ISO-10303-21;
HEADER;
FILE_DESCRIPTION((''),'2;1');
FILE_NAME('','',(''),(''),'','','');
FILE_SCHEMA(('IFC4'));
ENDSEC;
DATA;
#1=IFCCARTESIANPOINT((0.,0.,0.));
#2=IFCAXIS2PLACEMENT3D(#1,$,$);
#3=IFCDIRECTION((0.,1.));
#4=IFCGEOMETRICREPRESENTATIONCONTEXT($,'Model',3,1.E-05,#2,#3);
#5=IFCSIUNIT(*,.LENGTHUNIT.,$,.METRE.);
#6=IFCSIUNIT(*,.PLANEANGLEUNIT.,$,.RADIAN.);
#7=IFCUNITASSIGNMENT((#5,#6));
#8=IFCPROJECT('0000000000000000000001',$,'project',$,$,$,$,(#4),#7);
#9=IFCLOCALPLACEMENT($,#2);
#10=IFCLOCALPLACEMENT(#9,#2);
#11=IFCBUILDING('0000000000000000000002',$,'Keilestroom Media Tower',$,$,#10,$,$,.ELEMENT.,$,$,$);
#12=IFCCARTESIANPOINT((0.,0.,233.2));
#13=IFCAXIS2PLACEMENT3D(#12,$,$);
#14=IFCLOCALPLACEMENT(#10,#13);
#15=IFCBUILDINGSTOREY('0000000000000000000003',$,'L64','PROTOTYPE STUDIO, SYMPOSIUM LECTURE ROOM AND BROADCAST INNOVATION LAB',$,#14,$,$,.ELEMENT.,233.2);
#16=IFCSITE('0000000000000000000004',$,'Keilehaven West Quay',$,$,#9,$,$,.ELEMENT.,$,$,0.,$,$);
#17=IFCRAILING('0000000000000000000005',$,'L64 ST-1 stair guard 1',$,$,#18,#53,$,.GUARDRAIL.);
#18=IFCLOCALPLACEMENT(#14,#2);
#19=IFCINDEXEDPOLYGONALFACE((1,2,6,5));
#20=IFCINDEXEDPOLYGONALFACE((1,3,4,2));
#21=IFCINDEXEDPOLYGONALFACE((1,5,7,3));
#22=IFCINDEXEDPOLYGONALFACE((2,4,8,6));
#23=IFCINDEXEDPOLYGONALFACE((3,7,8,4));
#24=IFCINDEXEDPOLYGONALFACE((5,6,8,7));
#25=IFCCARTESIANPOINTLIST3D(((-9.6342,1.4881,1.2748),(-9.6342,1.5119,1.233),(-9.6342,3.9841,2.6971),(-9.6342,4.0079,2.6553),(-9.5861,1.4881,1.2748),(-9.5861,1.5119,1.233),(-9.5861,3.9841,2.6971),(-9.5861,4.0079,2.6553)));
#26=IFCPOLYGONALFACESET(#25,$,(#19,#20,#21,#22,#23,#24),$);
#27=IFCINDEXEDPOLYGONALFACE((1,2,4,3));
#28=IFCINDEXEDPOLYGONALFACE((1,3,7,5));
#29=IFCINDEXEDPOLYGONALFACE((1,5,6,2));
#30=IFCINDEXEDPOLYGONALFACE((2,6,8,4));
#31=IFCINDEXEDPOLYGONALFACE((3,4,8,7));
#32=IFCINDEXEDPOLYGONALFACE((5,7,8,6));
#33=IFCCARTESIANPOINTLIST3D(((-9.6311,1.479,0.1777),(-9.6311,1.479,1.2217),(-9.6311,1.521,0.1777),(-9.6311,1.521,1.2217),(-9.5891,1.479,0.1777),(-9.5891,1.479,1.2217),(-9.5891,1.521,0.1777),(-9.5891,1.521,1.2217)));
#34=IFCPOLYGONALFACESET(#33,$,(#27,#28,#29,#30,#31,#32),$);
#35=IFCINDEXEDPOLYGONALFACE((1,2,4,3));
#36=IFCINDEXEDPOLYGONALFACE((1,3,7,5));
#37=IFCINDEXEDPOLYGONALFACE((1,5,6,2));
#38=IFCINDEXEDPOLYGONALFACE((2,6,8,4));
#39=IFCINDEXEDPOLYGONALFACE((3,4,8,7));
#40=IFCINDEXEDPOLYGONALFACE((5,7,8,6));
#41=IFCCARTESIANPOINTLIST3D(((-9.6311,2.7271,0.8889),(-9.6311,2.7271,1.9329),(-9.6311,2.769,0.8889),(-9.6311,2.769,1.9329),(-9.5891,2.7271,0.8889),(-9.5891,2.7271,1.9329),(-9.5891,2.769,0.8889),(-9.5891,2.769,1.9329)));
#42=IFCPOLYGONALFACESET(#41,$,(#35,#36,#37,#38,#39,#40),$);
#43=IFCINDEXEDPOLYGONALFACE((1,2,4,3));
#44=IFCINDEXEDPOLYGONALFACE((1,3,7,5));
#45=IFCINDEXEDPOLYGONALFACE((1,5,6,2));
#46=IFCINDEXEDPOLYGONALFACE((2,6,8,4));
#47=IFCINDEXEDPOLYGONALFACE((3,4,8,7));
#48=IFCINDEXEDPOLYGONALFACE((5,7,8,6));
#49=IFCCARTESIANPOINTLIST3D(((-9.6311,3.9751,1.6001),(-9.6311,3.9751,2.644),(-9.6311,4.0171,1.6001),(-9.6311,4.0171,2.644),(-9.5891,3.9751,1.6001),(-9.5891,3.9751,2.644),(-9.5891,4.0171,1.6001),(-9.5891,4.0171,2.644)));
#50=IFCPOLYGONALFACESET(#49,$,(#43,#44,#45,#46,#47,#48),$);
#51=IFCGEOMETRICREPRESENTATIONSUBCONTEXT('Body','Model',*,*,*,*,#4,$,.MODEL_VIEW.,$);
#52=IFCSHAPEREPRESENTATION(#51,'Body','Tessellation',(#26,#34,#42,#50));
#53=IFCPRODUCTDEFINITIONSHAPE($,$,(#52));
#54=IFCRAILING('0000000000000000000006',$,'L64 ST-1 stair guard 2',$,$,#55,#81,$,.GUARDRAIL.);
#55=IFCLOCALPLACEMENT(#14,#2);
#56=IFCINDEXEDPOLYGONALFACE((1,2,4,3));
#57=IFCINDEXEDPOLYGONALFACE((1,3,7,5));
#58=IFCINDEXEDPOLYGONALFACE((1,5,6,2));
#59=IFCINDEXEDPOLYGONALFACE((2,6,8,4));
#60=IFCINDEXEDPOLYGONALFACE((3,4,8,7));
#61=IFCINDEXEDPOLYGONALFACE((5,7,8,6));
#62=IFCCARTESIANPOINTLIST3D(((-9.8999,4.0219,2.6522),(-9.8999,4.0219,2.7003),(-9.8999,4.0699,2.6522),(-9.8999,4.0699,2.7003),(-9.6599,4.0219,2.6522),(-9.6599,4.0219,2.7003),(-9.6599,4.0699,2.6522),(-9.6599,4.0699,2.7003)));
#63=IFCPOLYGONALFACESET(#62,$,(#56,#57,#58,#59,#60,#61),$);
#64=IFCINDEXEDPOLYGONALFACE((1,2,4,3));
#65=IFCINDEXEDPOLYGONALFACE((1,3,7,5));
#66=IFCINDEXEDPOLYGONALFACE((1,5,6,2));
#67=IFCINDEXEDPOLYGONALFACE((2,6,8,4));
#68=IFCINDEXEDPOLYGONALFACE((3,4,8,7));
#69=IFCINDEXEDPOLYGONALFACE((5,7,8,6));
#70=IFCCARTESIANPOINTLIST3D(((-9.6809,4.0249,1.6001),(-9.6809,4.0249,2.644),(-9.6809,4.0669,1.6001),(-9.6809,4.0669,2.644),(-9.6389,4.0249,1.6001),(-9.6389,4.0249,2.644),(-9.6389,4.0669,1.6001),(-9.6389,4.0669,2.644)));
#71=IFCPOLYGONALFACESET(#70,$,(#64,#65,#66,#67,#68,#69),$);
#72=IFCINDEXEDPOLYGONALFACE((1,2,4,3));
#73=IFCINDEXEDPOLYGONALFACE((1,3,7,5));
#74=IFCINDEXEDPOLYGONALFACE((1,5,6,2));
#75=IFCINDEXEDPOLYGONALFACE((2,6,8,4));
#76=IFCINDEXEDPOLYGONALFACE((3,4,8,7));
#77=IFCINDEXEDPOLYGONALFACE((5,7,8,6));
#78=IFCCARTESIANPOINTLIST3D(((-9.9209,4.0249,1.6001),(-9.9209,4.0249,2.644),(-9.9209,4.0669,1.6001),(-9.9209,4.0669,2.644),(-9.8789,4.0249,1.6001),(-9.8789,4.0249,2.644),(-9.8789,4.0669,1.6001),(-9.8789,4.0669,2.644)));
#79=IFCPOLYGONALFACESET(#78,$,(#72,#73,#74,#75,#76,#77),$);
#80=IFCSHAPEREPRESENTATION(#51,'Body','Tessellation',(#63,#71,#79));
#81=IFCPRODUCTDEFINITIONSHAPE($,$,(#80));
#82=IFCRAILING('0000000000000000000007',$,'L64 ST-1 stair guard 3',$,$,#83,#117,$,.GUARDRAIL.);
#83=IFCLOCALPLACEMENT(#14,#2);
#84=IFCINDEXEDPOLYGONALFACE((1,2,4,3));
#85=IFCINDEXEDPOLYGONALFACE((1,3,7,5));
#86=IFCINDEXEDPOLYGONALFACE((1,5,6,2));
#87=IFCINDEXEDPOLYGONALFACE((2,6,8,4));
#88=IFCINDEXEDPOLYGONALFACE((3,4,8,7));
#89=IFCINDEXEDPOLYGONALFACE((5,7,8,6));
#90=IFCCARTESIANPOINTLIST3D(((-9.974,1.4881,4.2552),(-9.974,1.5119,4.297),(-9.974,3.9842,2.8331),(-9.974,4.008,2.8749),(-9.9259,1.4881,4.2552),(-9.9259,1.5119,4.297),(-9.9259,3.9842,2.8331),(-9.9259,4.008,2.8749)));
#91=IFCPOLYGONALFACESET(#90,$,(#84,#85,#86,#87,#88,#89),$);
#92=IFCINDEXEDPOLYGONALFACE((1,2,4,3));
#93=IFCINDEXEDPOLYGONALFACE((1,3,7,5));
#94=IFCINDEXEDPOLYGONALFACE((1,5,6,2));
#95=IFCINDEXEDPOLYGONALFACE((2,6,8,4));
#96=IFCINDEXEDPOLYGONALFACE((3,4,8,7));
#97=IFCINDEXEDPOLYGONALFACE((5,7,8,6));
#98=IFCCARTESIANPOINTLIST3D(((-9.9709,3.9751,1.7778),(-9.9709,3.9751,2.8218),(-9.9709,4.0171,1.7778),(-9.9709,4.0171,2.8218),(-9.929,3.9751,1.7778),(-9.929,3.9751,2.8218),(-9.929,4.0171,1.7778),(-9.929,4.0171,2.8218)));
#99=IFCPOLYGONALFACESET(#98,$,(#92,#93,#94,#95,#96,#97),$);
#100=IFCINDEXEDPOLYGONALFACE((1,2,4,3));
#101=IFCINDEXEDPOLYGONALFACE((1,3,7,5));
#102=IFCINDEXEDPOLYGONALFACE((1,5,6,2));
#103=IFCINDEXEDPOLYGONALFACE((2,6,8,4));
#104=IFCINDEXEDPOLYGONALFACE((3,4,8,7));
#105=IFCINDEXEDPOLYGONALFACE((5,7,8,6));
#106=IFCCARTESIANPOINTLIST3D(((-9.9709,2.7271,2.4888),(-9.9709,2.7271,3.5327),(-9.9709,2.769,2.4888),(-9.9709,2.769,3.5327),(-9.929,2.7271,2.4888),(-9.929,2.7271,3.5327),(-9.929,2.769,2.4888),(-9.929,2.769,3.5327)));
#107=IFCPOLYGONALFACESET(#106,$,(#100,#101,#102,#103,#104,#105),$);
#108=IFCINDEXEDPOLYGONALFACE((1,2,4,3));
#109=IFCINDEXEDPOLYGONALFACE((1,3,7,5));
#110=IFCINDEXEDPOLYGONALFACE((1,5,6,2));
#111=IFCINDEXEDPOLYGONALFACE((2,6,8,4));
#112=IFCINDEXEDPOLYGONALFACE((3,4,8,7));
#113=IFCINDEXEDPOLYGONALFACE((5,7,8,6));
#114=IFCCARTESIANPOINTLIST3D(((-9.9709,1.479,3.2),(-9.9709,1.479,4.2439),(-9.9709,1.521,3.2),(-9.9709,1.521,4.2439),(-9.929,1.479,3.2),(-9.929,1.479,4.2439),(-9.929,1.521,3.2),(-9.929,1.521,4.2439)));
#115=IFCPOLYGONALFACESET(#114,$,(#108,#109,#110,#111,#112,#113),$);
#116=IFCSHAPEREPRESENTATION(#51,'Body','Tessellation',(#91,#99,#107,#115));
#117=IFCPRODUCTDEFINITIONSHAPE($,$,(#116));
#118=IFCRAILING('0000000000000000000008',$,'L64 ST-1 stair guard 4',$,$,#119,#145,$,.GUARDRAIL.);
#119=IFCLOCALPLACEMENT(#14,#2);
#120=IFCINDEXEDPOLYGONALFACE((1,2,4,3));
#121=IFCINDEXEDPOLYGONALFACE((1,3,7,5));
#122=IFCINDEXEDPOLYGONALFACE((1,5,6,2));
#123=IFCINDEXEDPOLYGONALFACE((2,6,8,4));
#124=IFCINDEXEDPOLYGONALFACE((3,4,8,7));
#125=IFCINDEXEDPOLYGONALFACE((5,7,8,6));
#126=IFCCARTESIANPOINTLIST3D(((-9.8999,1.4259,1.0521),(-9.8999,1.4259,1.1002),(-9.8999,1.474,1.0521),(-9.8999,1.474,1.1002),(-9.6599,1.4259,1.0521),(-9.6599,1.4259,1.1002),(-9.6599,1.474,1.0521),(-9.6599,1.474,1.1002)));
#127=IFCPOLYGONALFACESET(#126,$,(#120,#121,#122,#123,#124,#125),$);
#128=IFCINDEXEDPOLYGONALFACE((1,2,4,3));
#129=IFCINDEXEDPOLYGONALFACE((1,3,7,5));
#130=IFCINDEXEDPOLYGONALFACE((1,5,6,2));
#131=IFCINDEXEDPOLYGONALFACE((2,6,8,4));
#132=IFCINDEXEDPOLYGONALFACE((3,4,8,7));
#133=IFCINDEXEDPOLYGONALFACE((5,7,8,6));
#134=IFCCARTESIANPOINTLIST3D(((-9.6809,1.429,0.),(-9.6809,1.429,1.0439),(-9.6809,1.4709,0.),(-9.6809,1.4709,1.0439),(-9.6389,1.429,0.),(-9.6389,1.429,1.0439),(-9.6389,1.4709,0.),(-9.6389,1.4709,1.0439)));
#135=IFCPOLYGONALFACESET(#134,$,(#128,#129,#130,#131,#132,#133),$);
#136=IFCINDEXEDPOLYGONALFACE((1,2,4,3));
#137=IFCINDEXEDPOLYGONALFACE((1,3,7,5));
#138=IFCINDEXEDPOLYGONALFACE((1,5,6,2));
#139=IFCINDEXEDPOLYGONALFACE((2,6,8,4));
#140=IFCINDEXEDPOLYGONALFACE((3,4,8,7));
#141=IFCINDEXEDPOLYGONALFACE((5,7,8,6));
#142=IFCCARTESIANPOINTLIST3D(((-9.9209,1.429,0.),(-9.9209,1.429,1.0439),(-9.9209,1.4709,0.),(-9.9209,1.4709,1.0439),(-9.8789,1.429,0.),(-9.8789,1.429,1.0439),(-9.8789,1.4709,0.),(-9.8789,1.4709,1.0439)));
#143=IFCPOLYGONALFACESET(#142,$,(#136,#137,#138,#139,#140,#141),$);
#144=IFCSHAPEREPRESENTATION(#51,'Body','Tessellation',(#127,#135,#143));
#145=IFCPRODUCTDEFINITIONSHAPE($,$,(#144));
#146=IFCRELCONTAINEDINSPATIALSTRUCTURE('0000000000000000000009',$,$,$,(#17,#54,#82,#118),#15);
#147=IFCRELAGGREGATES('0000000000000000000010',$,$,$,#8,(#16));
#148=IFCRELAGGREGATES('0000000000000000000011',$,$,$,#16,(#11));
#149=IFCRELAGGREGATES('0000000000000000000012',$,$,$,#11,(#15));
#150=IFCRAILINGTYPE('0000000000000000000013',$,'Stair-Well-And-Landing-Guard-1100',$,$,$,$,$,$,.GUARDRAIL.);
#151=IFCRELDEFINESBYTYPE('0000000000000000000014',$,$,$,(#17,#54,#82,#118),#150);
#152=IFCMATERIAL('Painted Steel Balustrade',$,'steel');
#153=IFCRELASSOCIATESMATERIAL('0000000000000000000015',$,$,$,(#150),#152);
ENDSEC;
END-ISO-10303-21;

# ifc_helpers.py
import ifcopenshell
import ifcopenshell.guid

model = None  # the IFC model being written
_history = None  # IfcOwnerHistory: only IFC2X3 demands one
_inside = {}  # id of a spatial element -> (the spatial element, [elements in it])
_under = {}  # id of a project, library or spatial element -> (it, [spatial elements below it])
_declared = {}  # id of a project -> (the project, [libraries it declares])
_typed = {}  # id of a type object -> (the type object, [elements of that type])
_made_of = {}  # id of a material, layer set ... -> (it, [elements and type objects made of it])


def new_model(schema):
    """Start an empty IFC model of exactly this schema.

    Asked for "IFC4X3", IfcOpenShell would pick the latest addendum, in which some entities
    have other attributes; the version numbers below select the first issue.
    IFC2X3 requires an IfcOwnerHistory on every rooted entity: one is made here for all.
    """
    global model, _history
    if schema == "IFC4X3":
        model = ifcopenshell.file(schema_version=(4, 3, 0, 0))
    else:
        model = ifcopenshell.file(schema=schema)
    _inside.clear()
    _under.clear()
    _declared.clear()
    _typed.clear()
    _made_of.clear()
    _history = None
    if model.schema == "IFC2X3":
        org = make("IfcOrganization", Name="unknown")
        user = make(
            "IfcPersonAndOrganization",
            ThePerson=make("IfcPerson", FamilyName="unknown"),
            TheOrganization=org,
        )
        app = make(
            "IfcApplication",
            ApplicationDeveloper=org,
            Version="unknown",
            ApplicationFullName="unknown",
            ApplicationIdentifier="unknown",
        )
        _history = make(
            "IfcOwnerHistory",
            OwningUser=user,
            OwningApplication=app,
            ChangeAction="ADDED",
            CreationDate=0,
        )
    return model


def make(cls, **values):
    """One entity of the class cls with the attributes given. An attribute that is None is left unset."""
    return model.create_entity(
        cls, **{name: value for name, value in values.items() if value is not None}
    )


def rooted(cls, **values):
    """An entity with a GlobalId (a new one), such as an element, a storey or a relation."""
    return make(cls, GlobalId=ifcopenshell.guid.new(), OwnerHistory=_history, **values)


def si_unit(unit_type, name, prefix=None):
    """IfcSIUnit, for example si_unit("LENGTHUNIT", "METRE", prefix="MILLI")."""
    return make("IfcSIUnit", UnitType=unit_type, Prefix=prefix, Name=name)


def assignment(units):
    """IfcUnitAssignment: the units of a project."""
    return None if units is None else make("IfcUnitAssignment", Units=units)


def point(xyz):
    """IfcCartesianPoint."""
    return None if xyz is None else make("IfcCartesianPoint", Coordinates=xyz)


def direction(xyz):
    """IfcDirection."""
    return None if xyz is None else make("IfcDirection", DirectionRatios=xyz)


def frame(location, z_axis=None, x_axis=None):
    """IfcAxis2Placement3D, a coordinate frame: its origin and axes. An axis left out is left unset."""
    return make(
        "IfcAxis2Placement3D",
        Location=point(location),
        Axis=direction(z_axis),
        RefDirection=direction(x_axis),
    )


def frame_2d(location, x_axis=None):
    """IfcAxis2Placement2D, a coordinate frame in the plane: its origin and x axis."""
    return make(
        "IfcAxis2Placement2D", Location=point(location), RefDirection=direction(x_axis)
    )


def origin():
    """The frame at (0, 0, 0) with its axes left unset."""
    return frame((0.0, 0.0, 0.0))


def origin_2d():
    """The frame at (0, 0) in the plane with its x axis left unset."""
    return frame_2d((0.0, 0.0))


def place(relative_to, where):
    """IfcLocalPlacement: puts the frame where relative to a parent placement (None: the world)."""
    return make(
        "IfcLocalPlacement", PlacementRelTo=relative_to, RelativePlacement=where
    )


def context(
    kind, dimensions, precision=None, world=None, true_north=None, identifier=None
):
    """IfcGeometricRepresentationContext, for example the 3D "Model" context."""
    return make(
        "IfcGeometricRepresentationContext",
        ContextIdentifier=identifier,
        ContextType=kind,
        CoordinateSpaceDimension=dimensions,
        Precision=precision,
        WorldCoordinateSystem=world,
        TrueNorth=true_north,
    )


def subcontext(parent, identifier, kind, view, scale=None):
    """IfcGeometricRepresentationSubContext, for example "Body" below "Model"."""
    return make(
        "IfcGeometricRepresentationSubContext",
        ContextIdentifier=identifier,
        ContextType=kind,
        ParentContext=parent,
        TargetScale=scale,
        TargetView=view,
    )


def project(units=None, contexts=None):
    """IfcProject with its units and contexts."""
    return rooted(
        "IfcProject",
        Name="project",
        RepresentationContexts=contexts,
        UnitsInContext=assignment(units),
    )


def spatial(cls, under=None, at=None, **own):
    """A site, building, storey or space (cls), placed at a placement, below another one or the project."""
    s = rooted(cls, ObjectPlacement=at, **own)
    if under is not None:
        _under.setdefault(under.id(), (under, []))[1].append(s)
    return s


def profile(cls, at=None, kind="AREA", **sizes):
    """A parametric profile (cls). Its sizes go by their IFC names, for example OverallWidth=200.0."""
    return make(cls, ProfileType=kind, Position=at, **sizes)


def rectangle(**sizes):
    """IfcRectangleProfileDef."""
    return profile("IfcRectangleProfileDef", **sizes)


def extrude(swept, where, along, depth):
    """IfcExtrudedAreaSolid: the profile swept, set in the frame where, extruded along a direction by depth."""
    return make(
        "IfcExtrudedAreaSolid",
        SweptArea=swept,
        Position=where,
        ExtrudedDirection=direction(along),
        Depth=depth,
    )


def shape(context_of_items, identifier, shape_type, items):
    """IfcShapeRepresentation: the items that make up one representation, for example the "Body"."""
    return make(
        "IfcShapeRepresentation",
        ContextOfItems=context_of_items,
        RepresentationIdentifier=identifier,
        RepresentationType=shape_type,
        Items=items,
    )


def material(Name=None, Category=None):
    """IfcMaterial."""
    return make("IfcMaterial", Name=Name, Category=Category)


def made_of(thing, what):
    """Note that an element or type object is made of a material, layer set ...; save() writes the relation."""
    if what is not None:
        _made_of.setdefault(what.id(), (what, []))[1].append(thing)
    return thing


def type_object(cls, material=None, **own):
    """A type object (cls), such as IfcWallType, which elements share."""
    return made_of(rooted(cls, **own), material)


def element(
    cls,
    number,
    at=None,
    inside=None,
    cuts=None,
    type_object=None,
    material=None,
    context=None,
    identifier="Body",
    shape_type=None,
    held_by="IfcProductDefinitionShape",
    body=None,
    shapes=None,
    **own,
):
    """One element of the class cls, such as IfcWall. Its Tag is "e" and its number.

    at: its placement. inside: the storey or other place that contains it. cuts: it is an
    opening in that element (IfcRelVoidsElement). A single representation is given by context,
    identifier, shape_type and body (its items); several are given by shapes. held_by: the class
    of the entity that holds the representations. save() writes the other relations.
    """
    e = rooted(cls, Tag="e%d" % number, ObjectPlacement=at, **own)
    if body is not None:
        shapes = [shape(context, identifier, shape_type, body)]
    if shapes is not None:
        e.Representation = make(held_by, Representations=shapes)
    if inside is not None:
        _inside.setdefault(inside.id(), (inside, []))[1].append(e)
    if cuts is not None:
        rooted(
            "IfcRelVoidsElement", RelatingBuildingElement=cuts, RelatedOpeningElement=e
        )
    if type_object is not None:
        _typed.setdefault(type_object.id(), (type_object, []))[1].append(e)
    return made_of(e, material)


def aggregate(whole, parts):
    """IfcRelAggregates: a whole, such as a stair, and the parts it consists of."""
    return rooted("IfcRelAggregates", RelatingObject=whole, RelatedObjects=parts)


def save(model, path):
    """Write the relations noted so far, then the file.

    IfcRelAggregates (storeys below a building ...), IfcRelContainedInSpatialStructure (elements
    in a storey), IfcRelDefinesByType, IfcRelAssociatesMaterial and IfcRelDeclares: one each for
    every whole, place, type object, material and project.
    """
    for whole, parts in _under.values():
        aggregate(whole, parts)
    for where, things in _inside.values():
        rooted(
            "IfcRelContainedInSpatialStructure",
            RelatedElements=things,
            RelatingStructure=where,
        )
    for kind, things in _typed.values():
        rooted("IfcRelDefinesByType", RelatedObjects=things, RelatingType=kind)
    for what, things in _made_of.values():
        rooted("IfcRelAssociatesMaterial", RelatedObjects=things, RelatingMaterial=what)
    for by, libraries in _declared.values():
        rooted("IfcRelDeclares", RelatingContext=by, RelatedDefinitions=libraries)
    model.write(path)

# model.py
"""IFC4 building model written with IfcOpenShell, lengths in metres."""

from ifc_helpers import new_model, si_unit, direction, frame, origin, origin_2d, place, context, subcontext, project, spatial, rectangle, extrude, material, type_object, element, save


model = new_model("IFC4")

# Units and contexts
model_context = context("Model", 3, precision=1e-05, world=origin(), true_north=direction((0.0, 1.0)))
body_context = subcontext(model_context, "Body", "Model", "MODEL_VIEW")
ifc_project = project(units=[si_unit("LENGTHUNIT", "METRE"), si_unit("PLANEANGLEUNIT", "RADIAN")], contexts=[model_context])

# Site, building, storey
site_placement = place(None, origin())
site = spatial("IfcSite", under=ifc_project, at=site_placement, Name="Keilehaven West Quay", CompositionType="ELEMENT", RefElevation=0.0)
building_placement = place(site_placement, origin())
building = spatial("IfcBuilding", under=site, at=building_placement, Name="Keilestroom Media Tower", CompositionType="ELEMENT")
storey_placement = place(building_placement, frame((0.0, 0.0, 233.2)))
storey = spatial("IfcBuildingStorey", under=building, at=storey_placement, Name="L64", Description="PROTOTYPE STUDIO, SYMPOSIUM LECTURE ROOM AND BROADCAST INNOVATION LAB", CompositionType="ELEMENT", Elevation=233.2)

# Railings
ifc_material_1 = material(Name="Painted Steel Balustrade", Category="steel")
railing_type_1 = type_object("IfcRailingType", Name="Stair-Well-And-Landing-Guard-1100", PredefinedType="GUARDRAIL", material=ifc_material_1)
railing_1_placement = place(storey_placement, frame((-9.6101, 1.5, 0.1777)))
element("IfcRailing", 1, at=railing_1_placement, inside=storey, type_object=railing_type_1, Name="L64 ST-1 stair guard 1", PredefinedType="GUARDRAIL", context=body_context, shape_type="SweptSolid", body=[
    extrude(rectangle(XDim=0.0481, YDim=0.0481, at=origin_2d()), frame((0.0, 0.0, 1.0762), z_axis=(0.0, 0.868839, 0.495095), x_axis=(-1.0, 0.0, 0.0)), (0.0, 0.0, 1.0), 2.8728),
    extrude(rectangle(XDim=0.042, YDim=0.042, at=origin_2d()), origin(), (0.0, 0.0, 1.0), 1.0439),
    extrude(rectangle(XDim=0.042, YDim=0.042, at=origin_2d()), frame((0.0, 1.248, 0.7112)), (0.0, 0.0, 1.0), 1.0439),
    extrude(rectangle(XDim=0.042, YDim=0.042, at=origin_2d()), frame((0.0, 2.4961, 1.4224)), (0.0, 0.0, 1.0), 1.0439),
])
railing_2_placement = place(storey_placement, frame((-9.6599, 4.0459, 1.6001)))
element("IfcRailing", 2, at=railing_2_placement, inside=storey, type_object=railing_type_1, Name="L64 ST-1 stair guard 2", PredefinedType="GUARDRAIL", context=body_context, shape_type="SweptSolid", body=[
    extrude(rectangle(XDim=0.0481, YDim=0.0481, at=origin_2d()), frame((0.0, 0.0, 1.0762), z_axis=(-1.0, 0.0, 0.0), x_axis=(0.0, -1.0, 0.0)), (0.0, 0.0, 1.0), 0.24),
    extrude(rectangle(XDim=0.042, YDim=0.042, at=origin_2d()), origin(), (0.0, 0.0, 1.0), 1.0439),
    extrude(rectangle(XDim=0.042, YDim=0.042, at=origin_2d()), frame((-0.24, 0.0, 0.0)), (0.0, 0.0, 1.0), 1.0439),
])
railing_3_placement = place(storey_placement, frame((-9.95, 3.9961, 1.7778)))
element("IfcRailing", 3, at=railing_3_placement, inside=storey, type_object=railing_type_1, Name="L64 ST-1 stair guard 3", PredefinedType="GUARDRAIL", context=body_context, shape_type="SweptSolid", body=[
    extrude(rectangle(XDim=0.0481, YDim=0.0481, at=origin_2d()), frame((0.0, 0.0, 1.0762), z_axis=(0.0, -0.868875, 0.495031), x_axis=(1.0, 0.0, 0.0)), (0.0, 0.0, 1.0), 2.8728),
    extrude(rectangle(XDim=0.042, YDim=0.042, at=origin_2d()), origin(), (0.0, 0.0, 1.0), 1.0439),
    extrude(rectangle(XDim=0.042, YDim=0.042, at=origin_2d()), frame((0.0, -1.248, 0.7109)), (0.0, 0.0, 1.0), 1.0439),
    extrude(rectangle(XDim=0.042, YDim=0.042, at=origin_2d()), frame((0.0, -2.4961, 1.4221)), (0.0, 0.0, 1.0), 1.0439),
])
railing_4_placement = place(storey_placement, frame((-9.6599, 1.45, 0.0)))
element("IfcRailing", 4, at=railing_4_placement, inside=storey, type_object=railing_type_1, Name="L64 ST-1 stair guard 4", PredefinedType="GUARDRAIL", context=body_context, shape_type="SweptSolid", body=[
    extrude(rectangle(XDim=0.0481, YDim=0.0481, at=origin_2d()), frame((0.0, 0.0, 1.0762), z_axis=(-1.0, 0.0, 0.0), x_axis=(0.0, -1.0, 0.0)), (0.0, 0.0, 1.0), 0.24),
    extrude(rectangle(XDim=0.042, YDim=0.042, at=origin_2d()), origin(), (0.0, 0.0, 1.0), 1.0439),
    extrude(rectangle(XDim=0.042, YDim=0.042, at=origin_2d()), frame((-0.24, 0.0, 0.0)), (0.0, 0.0, 1.0), 1.0439),
])

save(model, "model.ifc")
